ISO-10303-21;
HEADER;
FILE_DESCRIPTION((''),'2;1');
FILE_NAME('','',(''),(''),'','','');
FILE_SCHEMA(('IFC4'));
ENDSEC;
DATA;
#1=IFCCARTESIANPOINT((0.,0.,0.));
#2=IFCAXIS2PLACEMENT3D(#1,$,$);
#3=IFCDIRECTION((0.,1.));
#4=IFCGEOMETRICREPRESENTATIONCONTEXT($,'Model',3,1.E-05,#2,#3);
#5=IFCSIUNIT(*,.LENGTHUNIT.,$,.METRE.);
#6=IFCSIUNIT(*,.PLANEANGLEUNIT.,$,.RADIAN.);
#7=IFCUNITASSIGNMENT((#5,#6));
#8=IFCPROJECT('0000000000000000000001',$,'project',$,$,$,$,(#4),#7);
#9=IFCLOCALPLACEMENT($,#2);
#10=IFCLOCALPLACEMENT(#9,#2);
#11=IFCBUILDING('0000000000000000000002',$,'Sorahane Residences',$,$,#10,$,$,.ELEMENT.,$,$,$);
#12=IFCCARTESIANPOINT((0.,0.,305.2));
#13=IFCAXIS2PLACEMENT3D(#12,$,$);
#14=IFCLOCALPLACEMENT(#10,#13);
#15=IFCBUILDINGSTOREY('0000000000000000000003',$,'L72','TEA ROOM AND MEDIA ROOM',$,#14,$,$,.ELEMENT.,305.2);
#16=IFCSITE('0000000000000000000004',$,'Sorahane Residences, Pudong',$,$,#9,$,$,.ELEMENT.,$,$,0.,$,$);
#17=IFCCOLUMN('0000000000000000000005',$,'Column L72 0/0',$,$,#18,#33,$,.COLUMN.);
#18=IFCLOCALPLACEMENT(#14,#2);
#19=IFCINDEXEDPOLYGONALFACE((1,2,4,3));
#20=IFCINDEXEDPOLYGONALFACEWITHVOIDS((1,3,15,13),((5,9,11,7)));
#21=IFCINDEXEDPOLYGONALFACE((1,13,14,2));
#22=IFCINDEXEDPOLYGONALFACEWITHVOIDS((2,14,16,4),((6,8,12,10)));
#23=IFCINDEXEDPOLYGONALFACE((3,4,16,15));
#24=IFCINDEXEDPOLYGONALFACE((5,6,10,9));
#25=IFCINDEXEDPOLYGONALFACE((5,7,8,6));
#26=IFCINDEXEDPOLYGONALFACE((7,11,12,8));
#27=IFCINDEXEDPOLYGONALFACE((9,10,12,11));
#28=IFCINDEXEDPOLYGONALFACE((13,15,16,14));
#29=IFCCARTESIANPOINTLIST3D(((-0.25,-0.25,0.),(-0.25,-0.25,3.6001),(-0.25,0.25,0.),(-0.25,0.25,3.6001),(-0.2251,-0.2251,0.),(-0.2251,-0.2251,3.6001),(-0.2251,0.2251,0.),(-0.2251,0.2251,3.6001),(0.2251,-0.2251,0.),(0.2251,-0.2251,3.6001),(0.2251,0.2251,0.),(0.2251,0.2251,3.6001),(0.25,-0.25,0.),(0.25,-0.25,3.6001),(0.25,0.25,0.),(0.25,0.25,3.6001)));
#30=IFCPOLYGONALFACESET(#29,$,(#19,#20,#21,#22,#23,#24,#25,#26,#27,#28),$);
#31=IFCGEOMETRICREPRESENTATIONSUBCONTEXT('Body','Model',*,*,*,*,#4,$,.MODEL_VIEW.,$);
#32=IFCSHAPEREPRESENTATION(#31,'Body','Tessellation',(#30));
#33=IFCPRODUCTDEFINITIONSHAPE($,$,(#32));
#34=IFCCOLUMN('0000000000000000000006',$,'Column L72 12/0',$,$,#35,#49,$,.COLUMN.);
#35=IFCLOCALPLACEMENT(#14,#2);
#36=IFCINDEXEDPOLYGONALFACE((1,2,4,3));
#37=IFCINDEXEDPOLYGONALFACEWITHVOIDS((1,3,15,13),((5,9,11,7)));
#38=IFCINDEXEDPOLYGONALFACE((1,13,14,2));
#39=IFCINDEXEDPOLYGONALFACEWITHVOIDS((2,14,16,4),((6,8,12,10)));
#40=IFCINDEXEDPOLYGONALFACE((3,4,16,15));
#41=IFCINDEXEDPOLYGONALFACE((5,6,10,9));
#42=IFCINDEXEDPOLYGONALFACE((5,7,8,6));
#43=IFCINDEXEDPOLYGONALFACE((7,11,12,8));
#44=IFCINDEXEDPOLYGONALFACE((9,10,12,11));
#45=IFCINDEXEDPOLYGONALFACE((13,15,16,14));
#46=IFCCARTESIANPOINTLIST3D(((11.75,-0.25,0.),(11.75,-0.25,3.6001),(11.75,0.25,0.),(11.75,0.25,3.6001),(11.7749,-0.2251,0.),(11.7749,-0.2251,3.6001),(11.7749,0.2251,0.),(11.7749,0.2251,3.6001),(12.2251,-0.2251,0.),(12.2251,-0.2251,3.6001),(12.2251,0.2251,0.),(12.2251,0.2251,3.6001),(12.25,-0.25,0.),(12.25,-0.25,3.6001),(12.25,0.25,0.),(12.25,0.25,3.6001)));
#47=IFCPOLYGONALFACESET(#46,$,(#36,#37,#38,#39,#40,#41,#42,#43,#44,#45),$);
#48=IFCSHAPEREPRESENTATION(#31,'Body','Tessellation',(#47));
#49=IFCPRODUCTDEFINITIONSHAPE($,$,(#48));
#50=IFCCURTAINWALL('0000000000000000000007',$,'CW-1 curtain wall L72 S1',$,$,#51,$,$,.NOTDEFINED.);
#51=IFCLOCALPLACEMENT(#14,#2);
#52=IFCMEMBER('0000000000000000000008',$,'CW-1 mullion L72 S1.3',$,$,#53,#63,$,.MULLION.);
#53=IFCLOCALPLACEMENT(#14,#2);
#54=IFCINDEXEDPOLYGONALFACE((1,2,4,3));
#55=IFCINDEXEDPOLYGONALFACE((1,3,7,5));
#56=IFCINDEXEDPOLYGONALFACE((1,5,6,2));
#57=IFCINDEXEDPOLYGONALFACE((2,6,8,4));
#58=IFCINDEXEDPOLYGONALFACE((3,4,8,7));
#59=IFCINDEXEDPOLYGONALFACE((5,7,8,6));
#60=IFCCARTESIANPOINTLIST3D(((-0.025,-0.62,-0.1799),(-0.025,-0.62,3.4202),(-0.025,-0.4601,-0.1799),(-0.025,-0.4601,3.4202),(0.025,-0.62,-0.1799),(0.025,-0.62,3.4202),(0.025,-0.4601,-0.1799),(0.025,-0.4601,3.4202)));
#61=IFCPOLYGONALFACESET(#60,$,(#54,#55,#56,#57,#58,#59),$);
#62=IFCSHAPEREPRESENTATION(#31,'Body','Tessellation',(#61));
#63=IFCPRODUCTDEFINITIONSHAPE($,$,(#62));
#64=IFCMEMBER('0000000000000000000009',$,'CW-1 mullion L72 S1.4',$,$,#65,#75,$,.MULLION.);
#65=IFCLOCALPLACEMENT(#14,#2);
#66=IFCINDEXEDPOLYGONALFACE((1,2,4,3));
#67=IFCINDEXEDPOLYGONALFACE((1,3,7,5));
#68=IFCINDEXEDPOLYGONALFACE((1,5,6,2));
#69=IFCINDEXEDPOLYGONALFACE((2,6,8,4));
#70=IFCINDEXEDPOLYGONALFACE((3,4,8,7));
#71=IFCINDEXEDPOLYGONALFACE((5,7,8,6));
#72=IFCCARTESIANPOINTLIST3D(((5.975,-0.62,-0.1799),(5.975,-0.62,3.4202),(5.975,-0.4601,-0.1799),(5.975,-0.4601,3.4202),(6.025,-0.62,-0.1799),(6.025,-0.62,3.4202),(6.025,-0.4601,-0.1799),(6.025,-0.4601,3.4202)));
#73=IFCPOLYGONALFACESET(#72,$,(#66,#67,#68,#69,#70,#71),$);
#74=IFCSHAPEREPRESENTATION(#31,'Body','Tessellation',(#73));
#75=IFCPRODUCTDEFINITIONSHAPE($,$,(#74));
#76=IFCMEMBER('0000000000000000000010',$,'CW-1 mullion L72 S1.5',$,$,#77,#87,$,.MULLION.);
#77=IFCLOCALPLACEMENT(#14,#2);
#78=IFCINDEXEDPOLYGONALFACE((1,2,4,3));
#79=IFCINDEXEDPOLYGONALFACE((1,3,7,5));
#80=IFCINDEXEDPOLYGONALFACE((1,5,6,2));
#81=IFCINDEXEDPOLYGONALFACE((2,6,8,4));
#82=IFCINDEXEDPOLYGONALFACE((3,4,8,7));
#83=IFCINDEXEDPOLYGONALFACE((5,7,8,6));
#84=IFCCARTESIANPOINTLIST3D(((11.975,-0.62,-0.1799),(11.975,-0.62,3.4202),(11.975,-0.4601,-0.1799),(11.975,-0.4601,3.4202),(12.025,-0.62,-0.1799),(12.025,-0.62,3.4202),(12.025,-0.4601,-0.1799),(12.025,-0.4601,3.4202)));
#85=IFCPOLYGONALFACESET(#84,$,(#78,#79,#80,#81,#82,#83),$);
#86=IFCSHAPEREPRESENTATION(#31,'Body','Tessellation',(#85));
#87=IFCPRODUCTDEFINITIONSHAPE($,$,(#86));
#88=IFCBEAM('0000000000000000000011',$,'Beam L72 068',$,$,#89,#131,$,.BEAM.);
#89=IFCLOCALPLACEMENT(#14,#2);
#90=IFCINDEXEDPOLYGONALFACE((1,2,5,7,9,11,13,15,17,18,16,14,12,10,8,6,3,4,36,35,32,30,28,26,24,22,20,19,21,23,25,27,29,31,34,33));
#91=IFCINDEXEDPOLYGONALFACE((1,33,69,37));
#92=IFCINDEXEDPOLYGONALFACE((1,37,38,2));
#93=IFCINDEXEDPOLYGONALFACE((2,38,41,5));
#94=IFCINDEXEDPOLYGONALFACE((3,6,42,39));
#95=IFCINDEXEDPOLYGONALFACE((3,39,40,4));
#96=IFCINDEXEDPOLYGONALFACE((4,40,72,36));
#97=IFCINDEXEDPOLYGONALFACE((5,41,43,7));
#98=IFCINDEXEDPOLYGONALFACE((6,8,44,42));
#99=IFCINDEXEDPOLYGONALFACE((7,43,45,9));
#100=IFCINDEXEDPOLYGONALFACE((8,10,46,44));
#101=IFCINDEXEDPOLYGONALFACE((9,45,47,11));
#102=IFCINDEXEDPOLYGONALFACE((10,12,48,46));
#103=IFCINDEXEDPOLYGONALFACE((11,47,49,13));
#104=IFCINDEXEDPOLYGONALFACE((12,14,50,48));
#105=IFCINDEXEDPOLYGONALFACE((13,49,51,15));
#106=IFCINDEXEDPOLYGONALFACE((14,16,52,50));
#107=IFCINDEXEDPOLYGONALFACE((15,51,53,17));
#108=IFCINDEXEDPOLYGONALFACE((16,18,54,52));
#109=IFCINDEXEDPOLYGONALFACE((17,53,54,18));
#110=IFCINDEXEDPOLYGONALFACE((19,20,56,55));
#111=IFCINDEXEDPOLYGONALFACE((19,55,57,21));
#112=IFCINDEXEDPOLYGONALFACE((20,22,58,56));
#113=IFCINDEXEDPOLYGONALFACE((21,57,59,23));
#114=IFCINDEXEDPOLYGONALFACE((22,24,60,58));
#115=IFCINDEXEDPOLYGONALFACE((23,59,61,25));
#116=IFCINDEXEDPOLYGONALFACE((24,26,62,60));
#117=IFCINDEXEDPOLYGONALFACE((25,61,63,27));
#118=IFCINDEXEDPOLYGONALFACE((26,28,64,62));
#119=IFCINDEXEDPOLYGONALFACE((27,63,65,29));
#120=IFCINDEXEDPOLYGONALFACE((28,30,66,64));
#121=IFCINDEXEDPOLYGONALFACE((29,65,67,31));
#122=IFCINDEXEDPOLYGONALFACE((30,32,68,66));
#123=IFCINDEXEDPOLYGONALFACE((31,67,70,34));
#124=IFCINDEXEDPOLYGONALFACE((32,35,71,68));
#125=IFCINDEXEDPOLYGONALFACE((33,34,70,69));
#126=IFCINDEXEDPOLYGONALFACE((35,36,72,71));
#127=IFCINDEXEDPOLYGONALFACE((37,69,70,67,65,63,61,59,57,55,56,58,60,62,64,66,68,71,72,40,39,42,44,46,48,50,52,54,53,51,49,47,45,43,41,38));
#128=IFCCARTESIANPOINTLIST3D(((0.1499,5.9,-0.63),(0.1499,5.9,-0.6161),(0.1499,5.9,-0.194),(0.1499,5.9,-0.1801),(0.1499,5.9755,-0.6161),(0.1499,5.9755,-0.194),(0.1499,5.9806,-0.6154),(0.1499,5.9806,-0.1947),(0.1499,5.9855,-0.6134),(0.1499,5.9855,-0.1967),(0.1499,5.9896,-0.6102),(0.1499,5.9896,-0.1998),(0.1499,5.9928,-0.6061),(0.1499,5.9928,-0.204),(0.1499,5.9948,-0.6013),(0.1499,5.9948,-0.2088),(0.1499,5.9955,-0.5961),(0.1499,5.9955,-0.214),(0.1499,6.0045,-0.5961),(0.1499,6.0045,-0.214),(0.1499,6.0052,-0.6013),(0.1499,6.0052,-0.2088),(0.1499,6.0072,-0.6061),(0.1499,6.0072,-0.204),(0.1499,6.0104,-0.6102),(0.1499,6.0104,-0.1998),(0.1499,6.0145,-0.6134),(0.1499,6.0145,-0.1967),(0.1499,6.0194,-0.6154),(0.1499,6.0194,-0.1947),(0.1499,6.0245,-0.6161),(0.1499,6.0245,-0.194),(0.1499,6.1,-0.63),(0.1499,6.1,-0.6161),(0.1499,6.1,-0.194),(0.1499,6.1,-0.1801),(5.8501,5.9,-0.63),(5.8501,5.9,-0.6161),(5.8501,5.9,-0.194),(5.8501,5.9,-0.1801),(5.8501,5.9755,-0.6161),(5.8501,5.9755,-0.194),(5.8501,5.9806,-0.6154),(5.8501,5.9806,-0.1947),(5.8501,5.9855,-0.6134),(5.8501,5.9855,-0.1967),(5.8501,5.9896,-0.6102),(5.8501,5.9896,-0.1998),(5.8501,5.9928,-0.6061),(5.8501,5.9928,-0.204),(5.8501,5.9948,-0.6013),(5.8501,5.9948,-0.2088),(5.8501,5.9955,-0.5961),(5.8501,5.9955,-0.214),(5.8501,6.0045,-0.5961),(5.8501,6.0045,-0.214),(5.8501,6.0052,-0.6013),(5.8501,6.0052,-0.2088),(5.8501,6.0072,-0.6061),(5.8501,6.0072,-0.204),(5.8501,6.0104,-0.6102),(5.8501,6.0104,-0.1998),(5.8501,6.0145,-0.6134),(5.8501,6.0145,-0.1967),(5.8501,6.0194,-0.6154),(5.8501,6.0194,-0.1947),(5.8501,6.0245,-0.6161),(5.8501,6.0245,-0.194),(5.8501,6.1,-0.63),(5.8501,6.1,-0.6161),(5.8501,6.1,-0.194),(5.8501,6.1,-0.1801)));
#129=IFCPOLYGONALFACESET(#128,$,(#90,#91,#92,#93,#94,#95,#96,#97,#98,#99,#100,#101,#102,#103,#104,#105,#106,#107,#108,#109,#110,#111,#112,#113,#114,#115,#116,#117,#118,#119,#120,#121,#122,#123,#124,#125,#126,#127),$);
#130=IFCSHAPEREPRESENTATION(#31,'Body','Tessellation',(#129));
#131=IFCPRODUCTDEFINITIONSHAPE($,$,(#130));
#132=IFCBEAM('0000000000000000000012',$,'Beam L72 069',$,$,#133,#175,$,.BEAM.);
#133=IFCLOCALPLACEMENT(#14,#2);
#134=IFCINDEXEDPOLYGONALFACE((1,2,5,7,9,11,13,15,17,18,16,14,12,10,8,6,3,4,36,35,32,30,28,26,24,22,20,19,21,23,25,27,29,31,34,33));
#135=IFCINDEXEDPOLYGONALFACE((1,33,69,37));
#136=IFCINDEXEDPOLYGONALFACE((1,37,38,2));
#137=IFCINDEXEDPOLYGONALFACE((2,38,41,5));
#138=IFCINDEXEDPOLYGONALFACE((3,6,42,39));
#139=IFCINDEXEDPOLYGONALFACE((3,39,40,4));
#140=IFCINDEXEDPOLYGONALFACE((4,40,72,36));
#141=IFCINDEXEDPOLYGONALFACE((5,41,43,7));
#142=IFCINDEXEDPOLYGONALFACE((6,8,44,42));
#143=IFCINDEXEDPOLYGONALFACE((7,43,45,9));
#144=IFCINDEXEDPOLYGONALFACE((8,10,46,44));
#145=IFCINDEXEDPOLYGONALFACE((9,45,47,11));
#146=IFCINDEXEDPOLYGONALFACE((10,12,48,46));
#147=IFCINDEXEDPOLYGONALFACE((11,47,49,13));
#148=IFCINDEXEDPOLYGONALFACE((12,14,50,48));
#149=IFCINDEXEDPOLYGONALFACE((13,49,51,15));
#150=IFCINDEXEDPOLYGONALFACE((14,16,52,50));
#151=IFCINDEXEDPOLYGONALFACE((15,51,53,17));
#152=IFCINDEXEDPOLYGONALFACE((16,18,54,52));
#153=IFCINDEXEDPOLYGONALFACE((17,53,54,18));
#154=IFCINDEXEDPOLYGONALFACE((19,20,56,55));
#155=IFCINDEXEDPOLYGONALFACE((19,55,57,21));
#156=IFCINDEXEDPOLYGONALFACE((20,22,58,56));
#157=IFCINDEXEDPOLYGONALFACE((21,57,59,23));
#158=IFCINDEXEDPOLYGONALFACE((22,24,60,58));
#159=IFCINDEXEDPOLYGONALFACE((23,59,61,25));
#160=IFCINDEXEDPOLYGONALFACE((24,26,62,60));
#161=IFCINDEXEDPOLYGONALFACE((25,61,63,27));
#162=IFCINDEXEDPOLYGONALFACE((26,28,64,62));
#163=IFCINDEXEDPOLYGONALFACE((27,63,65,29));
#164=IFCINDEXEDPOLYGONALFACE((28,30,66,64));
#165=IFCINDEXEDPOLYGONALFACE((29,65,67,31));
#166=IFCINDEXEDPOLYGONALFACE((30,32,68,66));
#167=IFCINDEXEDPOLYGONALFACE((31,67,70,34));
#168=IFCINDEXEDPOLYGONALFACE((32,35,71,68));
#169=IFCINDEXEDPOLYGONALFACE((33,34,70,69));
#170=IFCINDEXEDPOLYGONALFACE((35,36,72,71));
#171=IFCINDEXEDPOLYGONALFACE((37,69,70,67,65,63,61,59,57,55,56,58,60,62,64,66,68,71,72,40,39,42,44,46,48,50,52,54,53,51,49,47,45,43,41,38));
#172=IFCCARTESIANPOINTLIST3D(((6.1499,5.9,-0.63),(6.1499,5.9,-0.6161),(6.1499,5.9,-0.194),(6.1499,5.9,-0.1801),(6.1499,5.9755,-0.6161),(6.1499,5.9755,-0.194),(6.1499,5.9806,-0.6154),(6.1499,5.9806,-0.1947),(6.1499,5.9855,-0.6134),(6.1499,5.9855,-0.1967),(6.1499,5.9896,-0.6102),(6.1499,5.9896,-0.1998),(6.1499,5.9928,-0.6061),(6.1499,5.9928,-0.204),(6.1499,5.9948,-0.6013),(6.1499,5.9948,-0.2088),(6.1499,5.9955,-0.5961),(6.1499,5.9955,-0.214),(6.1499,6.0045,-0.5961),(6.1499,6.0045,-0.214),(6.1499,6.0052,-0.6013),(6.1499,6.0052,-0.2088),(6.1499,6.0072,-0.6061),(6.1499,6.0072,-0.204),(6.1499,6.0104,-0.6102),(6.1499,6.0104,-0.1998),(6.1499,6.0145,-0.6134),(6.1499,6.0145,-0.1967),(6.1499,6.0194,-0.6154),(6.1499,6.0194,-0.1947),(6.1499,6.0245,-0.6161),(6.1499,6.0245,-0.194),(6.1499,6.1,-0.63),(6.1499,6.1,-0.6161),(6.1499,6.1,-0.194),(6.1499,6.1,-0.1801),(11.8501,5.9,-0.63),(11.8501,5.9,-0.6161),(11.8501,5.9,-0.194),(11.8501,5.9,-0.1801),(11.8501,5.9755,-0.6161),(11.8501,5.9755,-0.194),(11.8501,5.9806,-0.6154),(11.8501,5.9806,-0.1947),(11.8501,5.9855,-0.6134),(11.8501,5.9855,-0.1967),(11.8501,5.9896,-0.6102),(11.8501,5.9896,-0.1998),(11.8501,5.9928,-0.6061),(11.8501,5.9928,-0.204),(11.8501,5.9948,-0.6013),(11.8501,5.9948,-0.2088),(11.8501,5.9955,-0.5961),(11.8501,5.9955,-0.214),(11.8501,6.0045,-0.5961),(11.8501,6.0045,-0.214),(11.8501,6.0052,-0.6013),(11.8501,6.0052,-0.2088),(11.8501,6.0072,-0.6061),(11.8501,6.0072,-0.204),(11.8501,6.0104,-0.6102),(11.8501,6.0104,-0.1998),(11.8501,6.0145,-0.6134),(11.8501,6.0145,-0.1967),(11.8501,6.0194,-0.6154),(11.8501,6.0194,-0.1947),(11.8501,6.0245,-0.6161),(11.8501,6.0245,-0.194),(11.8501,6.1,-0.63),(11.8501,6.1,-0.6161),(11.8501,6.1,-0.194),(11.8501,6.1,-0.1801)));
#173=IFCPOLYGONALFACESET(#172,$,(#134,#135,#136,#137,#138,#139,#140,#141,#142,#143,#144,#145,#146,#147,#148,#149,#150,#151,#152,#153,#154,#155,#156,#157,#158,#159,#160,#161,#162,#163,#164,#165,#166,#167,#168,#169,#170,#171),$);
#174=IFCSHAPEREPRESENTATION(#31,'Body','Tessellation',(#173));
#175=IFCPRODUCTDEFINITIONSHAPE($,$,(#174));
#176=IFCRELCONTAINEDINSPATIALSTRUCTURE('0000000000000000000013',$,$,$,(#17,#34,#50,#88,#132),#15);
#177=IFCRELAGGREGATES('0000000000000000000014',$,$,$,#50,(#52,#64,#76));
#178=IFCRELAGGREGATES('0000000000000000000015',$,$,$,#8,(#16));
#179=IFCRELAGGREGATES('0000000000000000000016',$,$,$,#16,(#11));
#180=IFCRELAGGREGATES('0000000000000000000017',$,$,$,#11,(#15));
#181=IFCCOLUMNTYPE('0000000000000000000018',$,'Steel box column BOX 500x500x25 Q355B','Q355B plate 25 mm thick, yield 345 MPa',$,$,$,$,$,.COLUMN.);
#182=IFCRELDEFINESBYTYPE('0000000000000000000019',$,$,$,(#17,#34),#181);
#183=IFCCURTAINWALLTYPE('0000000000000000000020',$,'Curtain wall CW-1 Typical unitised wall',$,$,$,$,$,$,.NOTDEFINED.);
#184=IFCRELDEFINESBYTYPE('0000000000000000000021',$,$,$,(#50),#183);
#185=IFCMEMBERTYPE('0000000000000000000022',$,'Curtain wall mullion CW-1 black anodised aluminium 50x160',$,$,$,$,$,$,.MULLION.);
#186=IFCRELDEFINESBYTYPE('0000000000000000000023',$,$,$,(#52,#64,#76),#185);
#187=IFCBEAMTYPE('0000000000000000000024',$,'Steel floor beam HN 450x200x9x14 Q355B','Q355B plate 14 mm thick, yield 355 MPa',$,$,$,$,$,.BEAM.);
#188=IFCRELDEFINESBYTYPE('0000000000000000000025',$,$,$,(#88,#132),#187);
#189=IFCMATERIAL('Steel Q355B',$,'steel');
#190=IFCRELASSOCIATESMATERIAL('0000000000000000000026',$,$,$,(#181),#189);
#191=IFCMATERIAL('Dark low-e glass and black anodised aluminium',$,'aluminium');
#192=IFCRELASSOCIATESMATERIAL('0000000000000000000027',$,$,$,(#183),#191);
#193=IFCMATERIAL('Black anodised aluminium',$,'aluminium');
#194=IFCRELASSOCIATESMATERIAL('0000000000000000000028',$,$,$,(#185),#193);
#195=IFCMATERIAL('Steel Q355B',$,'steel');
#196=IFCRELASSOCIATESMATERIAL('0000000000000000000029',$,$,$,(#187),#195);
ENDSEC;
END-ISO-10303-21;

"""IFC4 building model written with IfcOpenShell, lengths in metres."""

from ifc_helpers import new_model, si_unit, direction, frame, origin, origin_2d, place, context, subcontext, project, spatial, rectangle, hollow_rectangle, i_section, extrude, material, material_profile, profile_set, type_object, element, aggregate, save


model = new_model("IFC4")

# Units and contexts
model_context = context("Model", 3, precision=1e-05, world=origin(), true_north=direction((0.0, 1.0)))
body_context = subcontext(model_context, "Body", "Model", "MODEL_VIEW")
ifc_project = project(units=[si_unit("LENGTHUNIT", "METRE"), si_unit("PLANEANGLEUNIT", "RADIAN")], contexts=[model_context])

# Site, building, storey
site_placement = place(None, origin())
site = spatial("IfcSite", under=ifc_project, at=site_placement, Name="Sorahane Residences, Pudong", CompositionType="ELEMENT", RefElevation=0.0)
building_placement = place(site_placement, origin())
building = spatial("IfcBuilding", under=site, at=building_placement, Name="Sorahane Residences", CompositionType="ELEMENT")
storey_placement = place(building_placement, frame((0.0, 0.0, 305.2)))
storey = spatial("IfcBuildingStorey", under=building, at=storey_placement, Name="L72", Description="TEA ROOM AND MEDIA ROOM", CompositionType="ELEMENT", Elevation=305.2)

# Columns
ifc_material_1 = material(Name="Steel Q355B", Category="steel")
ifc_material_profile_1 = material_profile(ifc_material_1, hollow_rectangle(XDim=0.5, YDim=0.5, WallThickness=0.0249, at=origin_2d()), Name="BOX 500x500x25")
ifc_profile_set_1 = profile_set([ifc_material_profile_1], Name="Steel Q355B")
column_type = type_object("IfcColumnType", Name="Steel box column BOX 500x500x25 Q355B", Description="Q355B plate 25 mm thick, yield 345 MPa", PredefinedType="COLUMN", material=ifc_profile_set_1)
for number, where, z_axis, x_axis, name in (
    (1, (0.0, 0.0, 0.0), (0.0, 0.0, 1.0), (1.0, 0.0, 0.0), "Column L72 0/0"),
    (2, (12.0, 0.0, 0.0), (0.0, 0.0, 1.0), (1.0, 0.0, 0.0), "Column L72 12/0"),
):
    element("IfcColumn", number, at=place(storey_placement, frame(where, z_axis=z_axis, x_axis=x_axis)), inside=storey, type_object=column_type, Name=name, PredefinedType="COLUMN", context=body_context, shape_type="SweptSolid", body=[
        extrude(hollow_rectangle(XDim=0.5, YDim=0.5, WallThickness=0.0249, at=origin_2d()), origin(), (0.0, 0.0, 1.0), 3.6001),
    ])

# Curtain wall, members
ifc_material_2 = material(Name="Dark low-e glass and black anodised aluminium", Category="aluminium")
curtain_wall_type = type_object("IfcCurtainWallType", Name="Curtain wall CW-1 Typical unitised wall", PredefinedType="NOTDEFINED", material=ifc_material_2)
curtain_wall_placement = place(storey_placement, origin())
curtain_wall = element("IfcCurtainWall", 3, at=curtain_wall_placement, inside=storey, type_object=curtain_wall_type, Name="CW-1 curtain wall L72 S1", PredefinedType="NOTDEFINED")
ifc_material_3 = material(Name="Black anodised aluminium", Category="aluminium")
ifc_material_profile_2 = material_profile(ifc_material_3, rectangle(XDim=0.1599, YDim=0.05, at=origin_2d()), Name="Curtain wall mullion CW-1 black anodised aluminium 50x160")
ifc_profile_set_2 = profile_set([ifc_material_profile_2], Name="Black anodised aluminium")
member_type = type_object("IfcMemberType", Name="Curtain wall mullion CW-1 black anodised aluminium 50x160", PredefinedType="MULLION", material=ifc_profile_set_2)
member_1_placement = place(storey_placement, frame((0.0, -0.54, -0.1799), z_axis=(0.0, 0.0, 1.0), x_axis=(0.0, -1.0, 0.0)))
member_1 = element("IfcMember", 4, at=member_1_placement, type_object=member_type, Name="CW-1 mullion L72 S1.3", PredefinedType="MULLION", context=body_context, shape_type="SweptSolid", body=[
    extrude(rectangle(XDim=0.1599, YDim=0.05, at=origin_2d()), origin(), (0.0, 0.0, 1.0), 3.6001),
])
member_2_placement = place(storey_placement, frame((6.0, -0.54, -0.1799), z_axis=(0.0, 0.0, 1.0), x_axis=(0.0, -1.0, 0.0)))
member_2 = element("IfcMember", 5, at=member_2_placement, type_object=member_type, Name="CW-1 mullion L72 S1.4", PredefinedType="MULLION", context=body_context, shape_type="SweptSolid", body=[
    extrude(rectangle(XDim=0.1599, YDim=0.05, at=origin_2d()), origin(), (0.0, 0.0, 1.0), 3.6001),
])
member_3_placement = place(storey_placement, frame((12.0, -0.54, -0.1799), z_axis=(0.0, 0.0, 1.0), x_axis=(0.0, -1.0, 0.0)))
member_3 = element("IfcMember", 6, at=member_3_placement, type_object=member_type, Name="CW-1 mullion L72 S1.5", PredefinedType="MULLION", context=body_context, shape_type="SweptSolid", body=[
    extrude(rectangle(XDim=0.1599, YDim=0.05, at=origin_2d()), origin(), (0.0, 0.0, 1.0), 3.6001),
])

# Beams
ifc_material_4 = material(Name="Steel Q355B", Category="steel")
ifc_material_profile_3 = material_profile(ifc_material_4, i_section(OverallWidth=0.2, OverallDepth=0.45, WebThickness=0.009, FlangeThickness=0.0139, FilletRadius=0.02, at=origin_2d()), Name="HN 450x200x9x14")
ifc_profile_set_3 = profile_set([ifc_material_profile_3], Name="Steel Q355B")
beam_type_1 = type_object("IfcBeamType", Name="Steel floor beam HN 450x200x9x14 Q355B", Description="Q355B plate 14 mm thick, yield 355 MPa", PredefinedType="BEAM", material=ifc_profile_set_3)
for number, where, z_axis, x_axis, name in (
    (7, (0.1499, 6.0, -0.405), (1.0, 0.0, 0.0), (0.0, 1.0, 0.0), "Beam L72 068"),
    (8, (6.1499, 6.0, -0.405), (1.0, 0.0, 0.0), (0.0, 1.0, 0.0), "Beam L72 069"),
):
    element("IfcBeam", number, at=place(storey_placement, frame(where, z_axis=z_axis, x_axis=x_axis)), inside=storey, type_object=beam_type_1, Name=name, PredefinedType="BEAM", context=body_context, shape_type="SweptSolid", body=[
        extrude(i_section(OverallWidth=0.2, OverallDepth=0.45, WebThickness=0.009, FlangeThickness=0.0139, FilletRadius=0.02, at=origin_2d()), origin(), (0.0, 0.0, 1.0), 5.7002),
    ])

aggregate(curtain_wall, [member_1, member_2, member_3])

save(model, "model.ifc")
